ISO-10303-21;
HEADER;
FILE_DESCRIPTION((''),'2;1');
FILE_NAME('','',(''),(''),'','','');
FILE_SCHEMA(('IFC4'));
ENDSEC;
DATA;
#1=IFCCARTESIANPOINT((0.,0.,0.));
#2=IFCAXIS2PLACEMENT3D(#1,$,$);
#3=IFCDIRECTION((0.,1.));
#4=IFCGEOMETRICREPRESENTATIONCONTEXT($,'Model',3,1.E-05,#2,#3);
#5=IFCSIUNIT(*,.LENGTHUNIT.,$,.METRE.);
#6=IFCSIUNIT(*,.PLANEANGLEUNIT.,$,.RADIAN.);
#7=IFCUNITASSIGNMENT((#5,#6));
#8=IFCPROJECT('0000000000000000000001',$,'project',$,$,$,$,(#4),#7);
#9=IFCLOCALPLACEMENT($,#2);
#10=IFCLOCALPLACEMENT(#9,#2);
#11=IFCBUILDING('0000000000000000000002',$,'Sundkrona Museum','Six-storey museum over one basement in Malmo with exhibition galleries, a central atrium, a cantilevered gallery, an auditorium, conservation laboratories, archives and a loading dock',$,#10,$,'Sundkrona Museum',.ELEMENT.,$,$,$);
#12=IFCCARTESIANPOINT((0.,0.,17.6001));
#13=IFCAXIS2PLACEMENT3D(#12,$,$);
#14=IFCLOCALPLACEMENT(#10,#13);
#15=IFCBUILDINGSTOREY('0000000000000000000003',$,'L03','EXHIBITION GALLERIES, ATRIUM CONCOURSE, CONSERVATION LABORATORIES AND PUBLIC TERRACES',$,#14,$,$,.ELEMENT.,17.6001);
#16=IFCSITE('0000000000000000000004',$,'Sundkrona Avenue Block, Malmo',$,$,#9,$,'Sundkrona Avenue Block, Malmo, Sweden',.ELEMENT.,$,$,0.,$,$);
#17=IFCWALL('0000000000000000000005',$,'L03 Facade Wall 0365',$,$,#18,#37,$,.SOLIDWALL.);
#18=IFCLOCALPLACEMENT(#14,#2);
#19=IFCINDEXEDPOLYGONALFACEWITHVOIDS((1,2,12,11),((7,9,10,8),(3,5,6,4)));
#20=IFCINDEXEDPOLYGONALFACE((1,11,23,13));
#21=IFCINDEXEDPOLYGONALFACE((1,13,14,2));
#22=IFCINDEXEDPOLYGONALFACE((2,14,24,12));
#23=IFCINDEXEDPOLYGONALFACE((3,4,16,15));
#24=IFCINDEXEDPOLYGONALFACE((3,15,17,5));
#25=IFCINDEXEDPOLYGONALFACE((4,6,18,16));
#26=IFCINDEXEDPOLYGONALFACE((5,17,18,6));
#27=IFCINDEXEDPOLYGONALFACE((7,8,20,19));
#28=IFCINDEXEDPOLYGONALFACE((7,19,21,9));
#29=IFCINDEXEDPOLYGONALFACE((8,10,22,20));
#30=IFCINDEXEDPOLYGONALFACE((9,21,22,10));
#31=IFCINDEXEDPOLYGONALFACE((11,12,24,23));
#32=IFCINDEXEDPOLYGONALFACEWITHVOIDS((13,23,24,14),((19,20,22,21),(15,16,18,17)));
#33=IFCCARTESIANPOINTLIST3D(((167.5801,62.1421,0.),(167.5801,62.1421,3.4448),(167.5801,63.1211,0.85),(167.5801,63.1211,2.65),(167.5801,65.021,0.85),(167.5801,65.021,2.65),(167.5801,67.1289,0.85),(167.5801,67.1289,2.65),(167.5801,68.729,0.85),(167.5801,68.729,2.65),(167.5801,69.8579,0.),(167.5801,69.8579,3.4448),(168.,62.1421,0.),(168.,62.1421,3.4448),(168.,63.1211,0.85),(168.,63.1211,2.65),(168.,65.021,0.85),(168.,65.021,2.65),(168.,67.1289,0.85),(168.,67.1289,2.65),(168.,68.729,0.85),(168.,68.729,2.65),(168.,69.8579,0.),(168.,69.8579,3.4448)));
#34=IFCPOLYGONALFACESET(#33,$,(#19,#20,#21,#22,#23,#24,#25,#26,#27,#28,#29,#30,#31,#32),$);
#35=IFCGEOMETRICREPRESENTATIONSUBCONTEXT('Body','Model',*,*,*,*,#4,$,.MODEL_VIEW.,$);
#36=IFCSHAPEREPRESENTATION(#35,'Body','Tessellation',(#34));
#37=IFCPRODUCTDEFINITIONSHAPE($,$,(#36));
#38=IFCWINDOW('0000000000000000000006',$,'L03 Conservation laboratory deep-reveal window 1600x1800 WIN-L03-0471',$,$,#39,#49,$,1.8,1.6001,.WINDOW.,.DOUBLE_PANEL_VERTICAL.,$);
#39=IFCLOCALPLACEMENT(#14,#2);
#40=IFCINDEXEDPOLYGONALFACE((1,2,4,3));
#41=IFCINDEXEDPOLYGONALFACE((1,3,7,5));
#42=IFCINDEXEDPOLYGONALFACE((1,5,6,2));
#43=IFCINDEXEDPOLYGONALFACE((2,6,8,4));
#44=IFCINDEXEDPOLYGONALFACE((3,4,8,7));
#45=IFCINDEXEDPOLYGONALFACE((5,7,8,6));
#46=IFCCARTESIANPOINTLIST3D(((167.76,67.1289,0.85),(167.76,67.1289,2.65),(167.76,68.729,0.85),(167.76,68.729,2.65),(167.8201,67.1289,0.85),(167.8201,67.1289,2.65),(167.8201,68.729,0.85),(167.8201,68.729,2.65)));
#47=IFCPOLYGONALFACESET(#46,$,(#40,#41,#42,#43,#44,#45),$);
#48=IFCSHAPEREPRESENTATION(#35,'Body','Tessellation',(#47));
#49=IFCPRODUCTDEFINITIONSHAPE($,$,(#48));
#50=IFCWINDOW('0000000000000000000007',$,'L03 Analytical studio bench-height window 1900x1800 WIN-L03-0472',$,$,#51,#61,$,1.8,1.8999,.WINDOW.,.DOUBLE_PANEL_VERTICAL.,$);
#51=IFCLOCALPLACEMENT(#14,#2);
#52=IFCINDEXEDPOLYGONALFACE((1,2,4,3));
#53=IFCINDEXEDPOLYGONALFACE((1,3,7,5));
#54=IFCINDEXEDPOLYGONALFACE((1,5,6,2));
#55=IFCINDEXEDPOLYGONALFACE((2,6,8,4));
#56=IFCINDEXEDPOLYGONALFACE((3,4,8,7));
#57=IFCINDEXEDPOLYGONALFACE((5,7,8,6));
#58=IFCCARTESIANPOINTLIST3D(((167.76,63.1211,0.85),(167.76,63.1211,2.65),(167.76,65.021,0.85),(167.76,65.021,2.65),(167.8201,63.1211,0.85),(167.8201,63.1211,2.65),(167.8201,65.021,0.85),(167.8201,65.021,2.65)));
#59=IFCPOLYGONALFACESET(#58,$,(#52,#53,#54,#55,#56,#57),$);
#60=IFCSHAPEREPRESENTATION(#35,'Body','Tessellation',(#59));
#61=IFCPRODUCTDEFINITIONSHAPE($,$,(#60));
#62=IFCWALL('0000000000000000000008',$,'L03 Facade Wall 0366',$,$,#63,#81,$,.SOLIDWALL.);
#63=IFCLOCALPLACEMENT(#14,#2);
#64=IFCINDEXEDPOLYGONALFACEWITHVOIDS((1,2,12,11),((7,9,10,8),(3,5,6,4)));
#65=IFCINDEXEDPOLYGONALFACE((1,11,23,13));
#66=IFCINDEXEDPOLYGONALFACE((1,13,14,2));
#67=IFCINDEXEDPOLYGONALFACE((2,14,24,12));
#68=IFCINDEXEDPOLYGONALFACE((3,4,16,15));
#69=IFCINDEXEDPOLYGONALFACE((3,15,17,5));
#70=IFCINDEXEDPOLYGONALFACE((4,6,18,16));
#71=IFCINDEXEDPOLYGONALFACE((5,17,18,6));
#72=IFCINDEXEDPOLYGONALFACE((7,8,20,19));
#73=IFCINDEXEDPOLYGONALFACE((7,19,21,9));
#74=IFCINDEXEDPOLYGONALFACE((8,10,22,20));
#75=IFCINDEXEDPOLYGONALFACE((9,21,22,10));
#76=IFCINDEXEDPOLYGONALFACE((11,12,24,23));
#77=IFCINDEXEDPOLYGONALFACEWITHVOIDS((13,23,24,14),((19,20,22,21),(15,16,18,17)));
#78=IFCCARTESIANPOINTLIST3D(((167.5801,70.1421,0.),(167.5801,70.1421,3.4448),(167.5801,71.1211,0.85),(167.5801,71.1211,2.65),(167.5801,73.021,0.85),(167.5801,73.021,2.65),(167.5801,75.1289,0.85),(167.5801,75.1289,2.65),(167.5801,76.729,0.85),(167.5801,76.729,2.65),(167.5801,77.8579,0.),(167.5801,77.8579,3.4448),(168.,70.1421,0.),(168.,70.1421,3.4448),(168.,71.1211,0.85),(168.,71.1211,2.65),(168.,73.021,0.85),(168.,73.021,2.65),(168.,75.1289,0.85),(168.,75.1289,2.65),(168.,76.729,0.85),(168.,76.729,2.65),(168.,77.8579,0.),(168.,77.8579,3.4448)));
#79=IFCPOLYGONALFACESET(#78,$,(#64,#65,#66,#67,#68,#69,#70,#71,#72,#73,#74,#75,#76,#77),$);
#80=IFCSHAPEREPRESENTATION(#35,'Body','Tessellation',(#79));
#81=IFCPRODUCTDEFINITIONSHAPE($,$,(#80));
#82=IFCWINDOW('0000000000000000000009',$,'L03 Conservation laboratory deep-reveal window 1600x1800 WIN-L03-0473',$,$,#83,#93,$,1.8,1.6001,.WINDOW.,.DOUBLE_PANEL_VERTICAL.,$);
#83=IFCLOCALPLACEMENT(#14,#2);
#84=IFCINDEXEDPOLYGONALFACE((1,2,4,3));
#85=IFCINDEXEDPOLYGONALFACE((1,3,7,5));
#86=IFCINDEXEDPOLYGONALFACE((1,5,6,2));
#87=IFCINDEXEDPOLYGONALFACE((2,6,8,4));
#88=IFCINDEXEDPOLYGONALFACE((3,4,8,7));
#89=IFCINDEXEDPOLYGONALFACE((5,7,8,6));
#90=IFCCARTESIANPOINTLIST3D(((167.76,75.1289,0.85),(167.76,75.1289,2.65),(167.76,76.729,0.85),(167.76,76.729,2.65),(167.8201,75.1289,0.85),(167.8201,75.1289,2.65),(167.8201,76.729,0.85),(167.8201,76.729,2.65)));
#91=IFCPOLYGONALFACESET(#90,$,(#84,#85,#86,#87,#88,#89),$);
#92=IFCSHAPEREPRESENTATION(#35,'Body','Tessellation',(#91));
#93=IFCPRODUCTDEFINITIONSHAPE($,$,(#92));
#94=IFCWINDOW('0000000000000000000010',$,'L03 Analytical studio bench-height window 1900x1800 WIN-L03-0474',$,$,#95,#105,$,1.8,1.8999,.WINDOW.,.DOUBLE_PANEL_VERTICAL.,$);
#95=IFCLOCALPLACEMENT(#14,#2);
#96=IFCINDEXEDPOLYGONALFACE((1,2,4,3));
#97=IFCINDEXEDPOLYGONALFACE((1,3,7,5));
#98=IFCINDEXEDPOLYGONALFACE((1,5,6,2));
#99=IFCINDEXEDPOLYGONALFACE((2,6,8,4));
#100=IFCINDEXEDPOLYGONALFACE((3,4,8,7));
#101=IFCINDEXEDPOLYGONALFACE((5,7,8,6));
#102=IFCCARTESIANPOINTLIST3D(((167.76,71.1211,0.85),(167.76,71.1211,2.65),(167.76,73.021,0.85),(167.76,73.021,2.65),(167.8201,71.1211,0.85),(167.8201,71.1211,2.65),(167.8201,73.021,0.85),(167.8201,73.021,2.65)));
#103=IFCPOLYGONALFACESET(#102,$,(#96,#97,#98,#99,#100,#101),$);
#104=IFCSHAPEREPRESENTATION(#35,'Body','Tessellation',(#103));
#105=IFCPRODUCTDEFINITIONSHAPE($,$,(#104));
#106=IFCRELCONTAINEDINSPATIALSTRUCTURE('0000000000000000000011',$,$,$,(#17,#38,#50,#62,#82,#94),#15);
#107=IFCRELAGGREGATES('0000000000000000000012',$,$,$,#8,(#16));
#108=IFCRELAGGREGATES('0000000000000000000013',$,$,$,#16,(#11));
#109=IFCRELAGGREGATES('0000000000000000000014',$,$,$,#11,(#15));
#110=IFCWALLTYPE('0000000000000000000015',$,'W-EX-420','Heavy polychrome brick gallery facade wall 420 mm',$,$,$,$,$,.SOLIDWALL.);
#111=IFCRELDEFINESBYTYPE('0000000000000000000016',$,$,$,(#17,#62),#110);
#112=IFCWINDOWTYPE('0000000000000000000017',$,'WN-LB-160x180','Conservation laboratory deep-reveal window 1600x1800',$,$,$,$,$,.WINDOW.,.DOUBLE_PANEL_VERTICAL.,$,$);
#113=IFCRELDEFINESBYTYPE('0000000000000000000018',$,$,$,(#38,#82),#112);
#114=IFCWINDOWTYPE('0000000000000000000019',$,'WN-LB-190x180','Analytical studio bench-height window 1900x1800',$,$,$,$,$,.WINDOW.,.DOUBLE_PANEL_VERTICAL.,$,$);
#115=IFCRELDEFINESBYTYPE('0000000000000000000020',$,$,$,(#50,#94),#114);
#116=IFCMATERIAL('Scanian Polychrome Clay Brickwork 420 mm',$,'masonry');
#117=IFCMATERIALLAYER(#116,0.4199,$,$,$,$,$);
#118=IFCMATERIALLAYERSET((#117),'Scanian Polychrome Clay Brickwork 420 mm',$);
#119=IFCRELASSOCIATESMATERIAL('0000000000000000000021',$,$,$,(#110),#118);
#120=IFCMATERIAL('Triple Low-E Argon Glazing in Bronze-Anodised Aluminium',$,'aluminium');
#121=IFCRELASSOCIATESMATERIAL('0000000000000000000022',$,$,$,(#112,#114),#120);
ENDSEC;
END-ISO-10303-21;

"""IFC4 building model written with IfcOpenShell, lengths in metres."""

from ifc_helpers import new_model, si_unit, direction, frame, frame_2d, origin, place, context, subcontext, project, spatial, rectangle, extrude, material, layer, layer_set, type_object, element, fill, save


model = new_model("IFC4")

# Units and contexts
model_context = context("Model", 3, precision=1e-05, world=origin(), true_north=direction((0.0, 1.0)))
body_context = subcontext(model_context, "Body", "Model", "MODEL_VIEW")
ifc_project = project(units=[si_unit("LENGTHUNIT", "METRE"), si_unit("PLANEANGLEUNIT", "RADIAN")], contexts=[model_context])

# Site, building, storey
site_placement = place(None, origin())
site = spatial("IfcSite", under=ifc_project, at=site_placement, Name="Sundkrona Avenue Block, Malmo", LongName="Sundkrona Avenue Block, Malmo, Sweden", CompositionType="ELEMENT", RefElevation=0.0)
building_placement = place(site_placement, origin())
building = spatial("IfcBuilding", under=site, at=building_placement, Name="Sundkrona Museum", Description="Six-storey museum over one basement in Malmo with exhibition galleries, a central atrium, a cantilevered gallery, an auditorium, conservation laboratories, archives and a loading dock", LongName="Sundkrona Museum", CompositionType="ELEMENT")
storey_placement = place(building_placement, frame((0.0, 0.0, 17.6001)))
storey = spatial("IfcBuildingStorey", under=building, at=storey_placement, Name="L03", Description="EXHIBITION GALLERIES, ATRIUM CONCOURSE, CONSERVATION LABORATORIES AND PUBLIC TERRACES", CompositionType="ELEMENT", Elevation=17.6001)

# Walls, openings, windows
ifc_material_1 = material(Name="Scanian Polychrome Clay Brickwork 420 mm", Category="masonry")
ifc_layer = layer(ifc_material_1, 0.4199)
ifc_layer_set = layer_set([ifc_layer], Name="Scanian Polychrome Clay Brickwork 420 mm")
wall_type = type_object("IfcWallType", Name="W-EX-420", Description="Heavy polychrome brick gallery facade wall 420 mm", PredefinedType="SOLIDWALL", material=ifc_layer_set)
wall_1_placement = place(storey_placement, frame((167.79, 69.8579, 0.0), z_axis=(0.0, 0.0, 1.0), x_axis=(0.0, -1.0, 0.0)))
wall_1 = element("IfcWall", 1, at=wall_1_placement, inside=storey, type_object=wall_type, Name="L03 Facade Wall 0365", PredefinedType="SOLIDWALL", context=body_context, shape_type="SweptSolid", body=[
    extrude(rectangle(XDim=7.7158, YDim=0.4199, at=frame_2d((3.8579, 0.0))), origin(), (0.0, 0.0, 1.0), 3.4448),
])
opening_1_placement = place(wall_1_placement, frame((1.1289, 0.0, 0.8501)))
opening_1 = element("IfcOpeningElement", 2, at=opening_1_placement, cuts=wall_1, PredefinedType="OPENING", context=body_context, shape_type="SweptSolid", body=[
    extrude(rectangle(XDim=1.6001, YDim=1.8, at=frame_2d((0.8, 0.8999))), frame((0.0, 0.22, 0.0), z_axis=(0.0, -1.0, 0.0), x_axis=(1.0, 0.0, 0.0)), (0.0, 0.0, 1.0), 0.4399),
])
opening_2_placement = place(wall_1_placement, frame((4.8369, 0.0, 0.8501)))
opening_2 = element("IfcOpeningElement", 3, at=opening_2_placement, cuts=wall_1, PredefinedType="OPENING", context=body_context, shape_type="SweptSolid", body=[
    extrude(rectangle(XDim=1.8999, YDim=1.8, at=frame_2d((0.95, 0.8999))), frame((0.0, 0.22, 0.0), z_axis=(0.0, -1.0, 0.0), x_axis=(1.0, 0.0, 0.0)), (0.0, 0.0, 1.0), 0.4399),
])
ifc_material_2 = material(Name="Triple Low-E Argon Glazing in Bronze-Anodised Aluminium", Category="aluminium")
window_type_1 = type_object("IfcWindowType", Name="WN-LB-160x180", Description="Conservation laboratory deep-reveal window 1600x1800", PartitioningType="DOUBLE_PANEL_VERTICAL", PredefinedType="WINDOW", material=ifc_material_2)
window_1_placement = place(opening_1_placement, origin())
window_1 = element("IfcWindow", 4, at=window_1_placement, inside=storey, type_object=window_type_1, Name="L03 Conservation laboratory deep-reveal window 1600x1800 WIN-L03-0471", OverallHeight=1.8, OverallWidth=1.6001, PartitioningType="DOUBLE_PANEL_VERTICAL", PredefinedType="WINDOW", context=body_context, shape_type="SweptSolid", body=[
    extrude(rectangle(XDim=1.6001, YDim=1.8, at=frame_2d((0.8, 0.8999))), frame((0.0, 0.03, 0.0), z_axis=(0.0, -1.0, 0.0), x_axis=(1.0, 0.0, 0.0)), (0.0, 0.0, 1.0), 0.0601),
])
fill(opening_1, window_1)
window_type_2 = type_object("IfcWindowType", Name="WN-LB-190x180", Description="Analytical studio bench-height window 1900x1800", PartitioningType="DOUBLE_PANEL_VERTICAL", PredefinedType="WINDOW", material=ifc_material_2)
window_2_placement = place(opening_2_placement, origin())
window_2 = element("IfcWindow", 5, at=window_2_placement, inside=storey, type_object=window_type_2, Name="L03 Analytical studio bench-height window 1900x1800 WIN-L03-0472", OverallHeight=1.8, OverallWidth=1.8999, PartitioningType="DOUBLE_PANEL_VERTICAL", PredefinedType="WINDOW", context=body_context, shape_type="SweptSolid", body=[
    extrude(rectangle(XDim=1.8999, YDim=1.8, at=frame_2d((0.95, 0.8999))), frame((0.0, 0.03, 0.0), z_axis=(0.0, -1.0, 0.0), x_axis=(1.0, 0.0, 0.0)), (0.0, 0.0, 1.0), 0.0601),
])
fill(opening_2, window_2)
wall_2_placement = place(storey_placement, frame((167.79, 77.8579, 0.0), z_axis=(0.0, 0.0, 1.0), x_axis=(0.0, -1.0, 0.0)))
wall_2 = element("IfcWall", 6, at=wall_2_placement, inside=storey, type_object=wall_type, Name="L03 Facade Wall 0366", PredefinedType="SOLIDWALL", context=body_context, shape_type="SweptSolid", body=[
    extrude(rectangle(XDim=7.7158, YDim=0.4199, at=frame_2d((3.8579, 0.0))), origin(), (0.0, 0.0, 1.0), 3.4448),
])
opening_3_placement = place(wall_2_placement, frame((1.1289, 0.0, 0.8501)))
opening_3 = element("IfcOpeningElement", 7, at=opening_3_placement, cuts=wall_2, PredefinedType="OPENING", context=body_context, shape_type="SweptSolid", body=[
    extrude(rectangle(XDim=1.6001, YDim=1.8, at=frame_2d((0.8, 0.8999))), frame((0.0, 0.22, 0.0), z_axis=(0.0, -1.0, 0.0), x_axis=(1.0, 0.0, 0.0)), (0.0, 0.0, 1.0), 0.4399),
])
opening_4_placement = place(wall_2_placement, frame((4.8369, 0.0, 0.8501)))
opening_4 = element("IfcOpeningElement", 8, at=opening_4_placement, cuts=wall_2, PredefinedType="OPENING", context=body_context, shape_type="SweptSolid", body=[
    extrude(rectangle(XDim=1.8999, YDim=1.8, at=frame_2d((0.95, 0.8999))), frame((0.0, 0.22, 0.0), z_axis=(0.0, -1.0, 0.0), x_axis=(1.0, 0.0, 0.0)), (0.0, 0.0, 1.0), 0.4399),
])
window_3_placement = place(opening_3_placement, origin())
window_3 = element("IfcWindow", 9, at=window_3_placement, inside=storey, type_object=window_type_1, Name="L03 Conservation laboratory deep-reveal window 1600x1800 WIN-L03-0473", OverallHeight=1.8, OverallWidth=1.6001, PartitioningType="DOUBLE_PANEL_VERTICAL", PredefinedType="WINDOW", context=body_context, shape_type="SweptSolid", body=[
    extrude(rectangle(XDim=1.6001, YDim=1.8, at=frame_2d((0.8, 0.8999))), frame((0.0, 0.03, 0.0), z_axis=(0.0, -1.0, 0.0), x_axis=(1.0, 0.0, 0.0)), (0.0, 0.0, 1.0), 0.0601),
])
fill(opening_3, window_3)
window_4_placement = place(opening_4_placement, origin())
window_4 = element("IfcWindow", 10, at=window_4_placement, inside=storey, type_object=window_type_2, Name="L03 Analytical studio bench-height window 1900x1800 WIN-L03-0474", OverallHeight=1.8, OverallWidth=1.8999, PartitioningType="DOUBLE_PANEL_VERTICAL", PredefinedType="WINDOW", context=body_context, shape_type="SweptSolid", body=[
    extrude(rectangle(XDim=1.8999, YDim=1.8, at=frame_2d((0.95, 0.8999))), frame((0.0, 0.03, 0.0), z_axis=(0.0, -1.0, 0.0), x_axis=(1.0, 0.0, 0.0)), (0.0, 0.0, 1.0), 0.0601),
])
fill(opening_4, window_4)

save(model, "model.ifc")
